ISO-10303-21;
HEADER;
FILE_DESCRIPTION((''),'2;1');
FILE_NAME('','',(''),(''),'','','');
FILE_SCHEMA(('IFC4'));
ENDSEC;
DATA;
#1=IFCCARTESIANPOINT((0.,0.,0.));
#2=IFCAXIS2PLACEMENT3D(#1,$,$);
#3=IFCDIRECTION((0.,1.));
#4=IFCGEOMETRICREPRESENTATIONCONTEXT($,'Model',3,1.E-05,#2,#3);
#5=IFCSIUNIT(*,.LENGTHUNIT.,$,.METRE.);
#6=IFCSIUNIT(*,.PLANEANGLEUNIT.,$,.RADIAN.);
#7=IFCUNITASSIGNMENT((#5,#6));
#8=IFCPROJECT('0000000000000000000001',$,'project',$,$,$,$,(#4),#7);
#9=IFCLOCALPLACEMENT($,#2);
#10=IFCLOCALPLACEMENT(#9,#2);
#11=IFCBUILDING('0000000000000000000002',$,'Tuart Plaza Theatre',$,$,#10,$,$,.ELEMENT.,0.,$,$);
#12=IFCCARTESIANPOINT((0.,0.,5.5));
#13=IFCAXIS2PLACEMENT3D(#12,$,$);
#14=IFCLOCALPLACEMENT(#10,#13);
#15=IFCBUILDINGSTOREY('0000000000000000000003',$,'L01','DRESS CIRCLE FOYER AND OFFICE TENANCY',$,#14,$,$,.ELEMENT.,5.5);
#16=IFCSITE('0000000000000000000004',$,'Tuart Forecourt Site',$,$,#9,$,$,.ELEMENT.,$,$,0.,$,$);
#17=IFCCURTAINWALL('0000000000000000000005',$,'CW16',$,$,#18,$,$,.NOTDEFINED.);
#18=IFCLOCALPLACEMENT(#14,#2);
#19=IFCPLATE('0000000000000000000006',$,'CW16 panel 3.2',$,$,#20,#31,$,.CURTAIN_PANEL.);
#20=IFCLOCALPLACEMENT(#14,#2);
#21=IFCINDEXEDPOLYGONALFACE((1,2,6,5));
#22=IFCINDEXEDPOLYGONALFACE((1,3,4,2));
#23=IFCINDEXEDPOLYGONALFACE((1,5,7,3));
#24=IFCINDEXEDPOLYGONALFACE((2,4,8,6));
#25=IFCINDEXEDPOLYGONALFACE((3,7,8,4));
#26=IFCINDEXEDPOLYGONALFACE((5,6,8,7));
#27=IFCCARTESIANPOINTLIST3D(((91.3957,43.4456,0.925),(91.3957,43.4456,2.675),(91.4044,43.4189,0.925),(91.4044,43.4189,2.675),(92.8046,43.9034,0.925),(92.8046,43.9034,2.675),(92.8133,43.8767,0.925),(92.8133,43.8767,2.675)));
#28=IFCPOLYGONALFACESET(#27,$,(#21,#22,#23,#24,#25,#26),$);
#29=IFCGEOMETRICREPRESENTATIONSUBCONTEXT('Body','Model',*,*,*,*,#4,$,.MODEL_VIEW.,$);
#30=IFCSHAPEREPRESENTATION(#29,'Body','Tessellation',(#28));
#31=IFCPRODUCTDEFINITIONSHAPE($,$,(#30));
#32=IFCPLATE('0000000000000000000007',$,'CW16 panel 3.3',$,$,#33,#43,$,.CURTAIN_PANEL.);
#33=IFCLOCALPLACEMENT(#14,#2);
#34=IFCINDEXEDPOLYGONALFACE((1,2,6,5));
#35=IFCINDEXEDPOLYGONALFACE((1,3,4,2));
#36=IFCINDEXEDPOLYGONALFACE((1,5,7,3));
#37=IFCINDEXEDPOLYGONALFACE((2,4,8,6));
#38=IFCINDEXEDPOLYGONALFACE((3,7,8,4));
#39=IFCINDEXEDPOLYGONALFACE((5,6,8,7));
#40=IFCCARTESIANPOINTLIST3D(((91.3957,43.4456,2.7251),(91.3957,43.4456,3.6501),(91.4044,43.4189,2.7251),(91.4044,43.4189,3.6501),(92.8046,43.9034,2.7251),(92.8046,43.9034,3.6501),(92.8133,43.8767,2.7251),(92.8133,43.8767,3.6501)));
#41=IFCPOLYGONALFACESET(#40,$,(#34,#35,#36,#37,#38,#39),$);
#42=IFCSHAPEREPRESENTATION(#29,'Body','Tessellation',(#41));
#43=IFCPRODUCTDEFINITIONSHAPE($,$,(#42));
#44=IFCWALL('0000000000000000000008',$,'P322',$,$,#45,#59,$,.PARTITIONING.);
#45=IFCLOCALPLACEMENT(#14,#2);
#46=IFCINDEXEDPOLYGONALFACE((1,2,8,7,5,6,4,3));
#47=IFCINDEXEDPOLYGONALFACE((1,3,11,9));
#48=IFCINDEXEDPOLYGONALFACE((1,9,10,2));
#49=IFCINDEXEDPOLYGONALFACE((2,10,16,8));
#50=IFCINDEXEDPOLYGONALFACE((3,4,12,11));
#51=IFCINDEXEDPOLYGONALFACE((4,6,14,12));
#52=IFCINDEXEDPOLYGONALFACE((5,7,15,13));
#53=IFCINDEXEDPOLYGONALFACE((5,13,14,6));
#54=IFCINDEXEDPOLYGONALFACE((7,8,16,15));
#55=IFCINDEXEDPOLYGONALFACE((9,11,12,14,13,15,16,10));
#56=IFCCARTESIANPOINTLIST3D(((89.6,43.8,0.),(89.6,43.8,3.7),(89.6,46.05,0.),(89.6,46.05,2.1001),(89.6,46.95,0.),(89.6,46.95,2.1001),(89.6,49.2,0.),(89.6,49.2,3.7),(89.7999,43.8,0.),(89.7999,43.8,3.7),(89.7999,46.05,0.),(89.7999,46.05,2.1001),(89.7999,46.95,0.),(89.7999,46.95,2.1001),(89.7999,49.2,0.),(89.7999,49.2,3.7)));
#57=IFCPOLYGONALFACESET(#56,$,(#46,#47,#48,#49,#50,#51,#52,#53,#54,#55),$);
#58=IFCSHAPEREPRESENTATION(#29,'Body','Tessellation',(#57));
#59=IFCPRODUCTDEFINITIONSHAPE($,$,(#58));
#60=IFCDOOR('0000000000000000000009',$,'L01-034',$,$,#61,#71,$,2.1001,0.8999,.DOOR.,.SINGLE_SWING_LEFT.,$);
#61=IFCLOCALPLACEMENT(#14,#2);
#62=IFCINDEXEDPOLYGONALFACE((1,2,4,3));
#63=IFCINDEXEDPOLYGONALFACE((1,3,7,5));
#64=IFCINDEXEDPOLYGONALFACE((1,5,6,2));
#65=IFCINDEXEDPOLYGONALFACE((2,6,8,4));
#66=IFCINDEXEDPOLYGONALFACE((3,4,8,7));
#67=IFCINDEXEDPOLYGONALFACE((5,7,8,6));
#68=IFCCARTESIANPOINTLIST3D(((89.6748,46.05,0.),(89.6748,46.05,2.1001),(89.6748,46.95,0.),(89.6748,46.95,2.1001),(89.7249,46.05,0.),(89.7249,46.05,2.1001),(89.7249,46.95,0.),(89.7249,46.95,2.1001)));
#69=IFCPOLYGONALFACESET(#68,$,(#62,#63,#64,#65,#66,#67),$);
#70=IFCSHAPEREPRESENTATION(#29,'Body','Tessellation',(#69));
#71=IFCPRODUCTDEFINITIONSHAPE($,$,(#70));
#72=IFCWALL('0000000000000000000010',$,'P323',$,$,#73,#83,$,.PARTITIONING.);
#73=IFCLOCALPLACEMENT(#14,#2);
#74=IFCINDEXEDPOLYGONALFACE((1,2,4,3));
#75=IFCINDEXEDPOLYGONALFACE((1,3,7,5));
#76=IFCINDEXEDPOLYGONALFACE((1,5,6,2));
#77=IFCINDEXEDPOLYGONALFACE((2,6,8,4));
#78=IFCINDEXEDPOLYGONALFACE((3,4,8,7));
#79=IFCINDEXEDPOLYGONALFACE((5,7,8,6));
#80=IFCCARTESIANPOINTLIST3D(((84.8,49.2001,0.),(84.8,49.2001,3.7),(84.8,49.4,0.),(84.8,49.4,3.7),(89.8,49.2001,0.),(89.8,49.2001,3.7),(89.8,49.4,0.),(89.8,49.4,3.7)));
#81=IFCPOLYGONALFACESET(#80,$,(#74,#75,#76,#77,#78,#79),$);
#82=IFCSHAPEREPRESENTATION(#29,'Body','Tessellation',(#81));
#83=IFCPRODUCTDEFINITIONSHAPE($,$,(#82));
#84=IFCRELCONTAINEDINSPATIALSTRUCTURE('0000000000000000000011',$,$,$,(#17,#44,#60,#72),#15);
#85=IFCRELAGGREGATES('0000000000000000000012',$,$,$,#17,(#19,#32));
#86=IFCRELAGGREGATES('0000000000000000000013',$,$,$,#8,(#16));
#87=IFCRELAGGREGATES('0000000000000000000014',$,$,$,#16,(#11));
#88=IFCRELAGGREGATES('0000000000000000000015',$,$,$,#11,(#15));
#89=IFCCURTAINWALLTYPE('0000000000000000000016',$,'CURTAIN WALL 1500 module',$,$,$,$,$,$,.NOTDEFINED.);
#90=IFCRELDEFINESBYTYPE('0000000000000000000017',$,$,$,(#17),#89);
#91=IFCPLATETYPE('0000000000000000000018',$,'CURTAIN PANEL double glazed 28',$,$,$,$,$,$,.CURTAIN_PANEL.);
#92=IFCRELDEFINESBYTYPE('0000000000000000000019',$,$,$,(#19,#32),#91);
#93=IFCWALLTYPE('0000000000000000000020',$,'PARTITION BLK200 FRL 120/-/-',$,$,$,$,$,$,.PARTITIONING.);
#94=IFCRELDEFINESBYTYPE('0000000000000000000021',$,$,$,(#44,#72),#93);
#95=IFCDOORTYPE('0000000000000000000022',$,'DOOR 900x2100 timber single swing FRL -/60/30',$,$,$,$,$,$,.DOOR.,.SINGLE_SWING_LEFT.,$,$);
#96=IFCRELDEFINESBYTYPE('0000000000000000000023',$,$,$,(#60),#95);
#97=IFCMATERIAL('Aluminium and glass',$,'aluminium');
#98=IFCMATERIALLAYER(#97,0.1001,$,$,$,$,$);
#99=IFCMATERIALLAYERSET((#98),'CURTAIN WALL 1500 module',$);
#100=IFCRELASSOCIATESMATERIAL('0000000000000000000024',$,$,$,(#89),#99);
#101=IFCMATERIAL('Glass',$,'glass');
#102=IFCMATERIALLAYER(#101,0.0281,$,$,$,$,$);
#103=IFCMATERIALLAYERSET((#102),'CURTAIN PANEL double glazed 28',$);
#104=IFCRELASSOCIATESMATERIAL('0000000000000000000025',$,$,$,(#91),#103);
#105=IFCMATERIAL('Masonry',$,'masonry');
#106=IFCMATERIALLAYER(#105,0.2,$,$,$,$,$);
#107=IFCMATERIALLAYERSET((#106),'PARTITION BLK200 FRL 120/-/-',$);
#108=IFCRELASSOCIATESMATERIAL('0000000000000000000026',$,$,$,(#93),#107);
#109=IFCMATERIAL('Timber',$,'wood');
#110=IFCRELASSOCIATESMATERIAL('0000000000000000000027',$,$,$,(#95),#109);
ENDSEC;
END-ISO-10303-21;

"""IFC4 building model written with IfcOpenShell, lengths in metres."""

from ifc_helpers import new_model, si_unit, direction, frame, frame_2d, origin, origin_2d, place, context, subcontext, project, spatial, rectangle, extrude, material, layer, layer_set, type_object, element, fill, aggregate, save


model = new_model("IFC4")

# Units and contexts
model_context = context("Model", 3, precision=1e-05, world=origin(), true_north=direction((0.0, 1.0)))
body_context = subcontext(model_context, "Body", "Model", "MODEL_VIEW")
ifc_project = project(units=[si_unit("LENGTHUNIT", "METRE"), si_unit("PLANEANGLEUNIT", "RADIAN")], contexts=[model_context])

# Site, building, storey
site_placement = place(None, origin())
site = spatial("IfcSite", under=ifc_project, at=site_placement, Name="Tuart Forecourt Site", CompositionType="ELEMENT", RefElevation=0.0)
building_placement = place(site_placement, origin())
building = spatial("IfcBuilding", under=site, at=building_placement, Name="Tuart Plaza Theatre", CompositionType="ELEMENT", ElevationOfRefHeight=0.0)
storey_placement = place(building_placement, frame((0.0, 0.0, 5.5)))
storey = spatial("IfcBuildingStorey", under=building, at=storey_placement, Name="L01", Description="DRESS CIRCLE FOYER AND OFFICE TENANCY", CompositionType="ELEMENT", Elevation=5.5)

# Curtain wall, plates
ifc_material_1 = material(Name="Aluminium and glass", Category="aluminium")
ifc_layer_1 = layer(ifc_material_1, 0.1001)
ifc_layer_set_1 = layer_set([ifc_layer_1], Name="CURTAIN WALL 1500 module")
curtain_wall_type = type_object("IfcCurtainWallType", Name="CURTAIN WALL 1500 module", PredefinedType="NOTDEFINED", material=ifc_layer_set_1)
curtain_wall_placement = place(storey_placement, origin())
curtain_wall = element("IfcCurtainWall", 1, at=curtain_wall_placement, inside=storey, type_object=curtain_wall_type, Name="CW16", PredefinedType="NOTDEFINED")
ifc_material_2 = material(Name="Glass", Category="glass")
ifc_layer_2 = layer(ifc_material_2, 0.0281)
ifc_layer_set_2 = layer_set([ifc_layer_2], Name="CURTAIN PANEL double glazed 28")
plate_type = type_object("IfcPlateType", Name="CURTAIN PANEL double glazed 28", PredefinedType="CURTAIN_PANEL", material=ifc_layer_set_2)
plate_1_placement = place(storey_placement, frame((92.1045, 43.6611, 0.925), z_axis=(0.0, 0.0, 1.0), x_axis=(0.951056, 0.309018, 0.0)))
plate_1 = element("IfcPlate", 2, at=plate_1_placement, type_object=plate_type, Name="CW16 panel 3.2", PredefinedType="CURTAIN_PANEL", context=body_context, shape_type="SweptSolid", body=[
    extrude(rectangle(XDim=1.4814, YDim=0.0281, at=origin_2d()), origin(), (0.0, 0.0, 1.0), 1.75),
])
plate_2_placement = place(storey_placement, frame((92.1045, 43.6611, 2.7251), z_axis=(0.0, 0.0, 1.0), x_axis=(0.951056, 0.309018, 0.0)))
plate_2 = element("IfcPlate", 3, at=plate_2_placement, type_object=plate_type, Name="CW16 panel 3.3", PredefinedType="CURTAIN_PANEL", context=body_context, shape_type="SweptSolid", body=[
    extrude(rectangle(XDim=1.4814, YDim=0.0281, at=origin_2d()), origin(), (0.0, 0.0, 1.0), 0.925),
])
aggregate(curtain_wall, [plate_1, plate_2])

# Wall, opening, door
ifc_material_3 = material(Name="Masonry", Category="masonry")
ifc_layer_3 = layer(ifc_material_3, 0.2)
ifc_layer_set_3 = layer_set([ifc_layer_3], Name="PARTITION BLK200 FRL 120/-/-")
wall_type = type_object("IfcWallType", Name="PARTITION BLK200 FRL 120/-/-", PredefinedType="PARTITIONING", material=ifc_layer_set_3)
wall_1_placement = place(storey_placement, frame((89.7, 43.8, 0.0), z_axis=(0.0, 0.0, 1.0), x_axis=(0.0, 1.0, 0.0)))
wall_1 = element("IfcWall", 4, at=wall_1_placement, inside=storey, type_object=wall_type, Name="P322", PredefinedType="PARTITIONING", context=body_context, shape_type="SweptSolid", body=[
    extrude(rectangle(XDim=5.3999, YDim=0.2, at=frame_2d((2.7, 0.0))), origin(), (0.0, 0.0, 1.0), 3.7),
])
opening_placement = place(wall_1_placement, frame((2.25, 0.0, 0.0)))
opening = element("IfcOpeningElement", 5, at=opening_placement, cuts=wall_1, PredefinedType="OPENING", context=body_context, shape_type="SweptSolid", body=[
    extrude(rectangle(XDim=0.8999, YDim=2.1001, at=frame_2d((0.45, 1.05))), frame((0.0, 0.1099, 0.0), z_axis=(0.0, -1.0, 0.0), x_axis=(1.0, 0.0, 0.0)), (0.0, 0.0, 1.0), 0.22),
])
ifc_material_4 = material(Name="Timber", Category="wood")
door_type = type_object("IfcDoorType", Name="DOOR 900x2100 timber single swing FRL -/60/30", OperationType="SINGLE_SWING_LEFT", PredefinedType="DOOR", material=ifc_material_4)
door_placement = place(opening_placement, frame((0.8999, 0.0, 0.0), z_axis=(0.0, 0.0, 1.0), x_axis=(-1.0, 0.0, 0.0)))
door = element("IfcDoor", 6, at=door_placement, inside=storey, type_object=door_type, Name="L01-034", OperationType="SINGLE_SWING_LEFT", OverallHeight=2.1001, OverallWidth=0.8999, PredefinedType="DOOR", context=body_context, shape_type="SweptSolid", body=[
    extrude(rectangle(XDim=0.8999, YDim=2.1001, at=frame_2d((0.45, 1.05))), frame((0.0, 0.0249, 0.0), z_axis=(0.0, -1.0, 0.0), x_axis=(1.0, 0.0, 0.0)), (0.0, 0.0, 1.0), 0.05),
])
fill(opening, door)

# Wall
wall_2_placement = place(storey_placement, frame((89.8, 49.3, 0.0), z_axis=(0.0, 0.0, 1.0), x_axis=(-1.0, 0.0, 0.0)))
element("IfcWall", 7, at=wall_2_placement, inside=storey, type_object=wall_type, Name="P323", PredefinedType="PARTITIONING", context=body_context, shape_type="SweptSolid", body=[
    extrude(rectangle(XDim=5.0, YDim=0.2, at=frame_2d((2.5, 0.0))), origin(), (0.0, 0.0, 1.0), 3.7),
])

save(model, "model.ifc")
